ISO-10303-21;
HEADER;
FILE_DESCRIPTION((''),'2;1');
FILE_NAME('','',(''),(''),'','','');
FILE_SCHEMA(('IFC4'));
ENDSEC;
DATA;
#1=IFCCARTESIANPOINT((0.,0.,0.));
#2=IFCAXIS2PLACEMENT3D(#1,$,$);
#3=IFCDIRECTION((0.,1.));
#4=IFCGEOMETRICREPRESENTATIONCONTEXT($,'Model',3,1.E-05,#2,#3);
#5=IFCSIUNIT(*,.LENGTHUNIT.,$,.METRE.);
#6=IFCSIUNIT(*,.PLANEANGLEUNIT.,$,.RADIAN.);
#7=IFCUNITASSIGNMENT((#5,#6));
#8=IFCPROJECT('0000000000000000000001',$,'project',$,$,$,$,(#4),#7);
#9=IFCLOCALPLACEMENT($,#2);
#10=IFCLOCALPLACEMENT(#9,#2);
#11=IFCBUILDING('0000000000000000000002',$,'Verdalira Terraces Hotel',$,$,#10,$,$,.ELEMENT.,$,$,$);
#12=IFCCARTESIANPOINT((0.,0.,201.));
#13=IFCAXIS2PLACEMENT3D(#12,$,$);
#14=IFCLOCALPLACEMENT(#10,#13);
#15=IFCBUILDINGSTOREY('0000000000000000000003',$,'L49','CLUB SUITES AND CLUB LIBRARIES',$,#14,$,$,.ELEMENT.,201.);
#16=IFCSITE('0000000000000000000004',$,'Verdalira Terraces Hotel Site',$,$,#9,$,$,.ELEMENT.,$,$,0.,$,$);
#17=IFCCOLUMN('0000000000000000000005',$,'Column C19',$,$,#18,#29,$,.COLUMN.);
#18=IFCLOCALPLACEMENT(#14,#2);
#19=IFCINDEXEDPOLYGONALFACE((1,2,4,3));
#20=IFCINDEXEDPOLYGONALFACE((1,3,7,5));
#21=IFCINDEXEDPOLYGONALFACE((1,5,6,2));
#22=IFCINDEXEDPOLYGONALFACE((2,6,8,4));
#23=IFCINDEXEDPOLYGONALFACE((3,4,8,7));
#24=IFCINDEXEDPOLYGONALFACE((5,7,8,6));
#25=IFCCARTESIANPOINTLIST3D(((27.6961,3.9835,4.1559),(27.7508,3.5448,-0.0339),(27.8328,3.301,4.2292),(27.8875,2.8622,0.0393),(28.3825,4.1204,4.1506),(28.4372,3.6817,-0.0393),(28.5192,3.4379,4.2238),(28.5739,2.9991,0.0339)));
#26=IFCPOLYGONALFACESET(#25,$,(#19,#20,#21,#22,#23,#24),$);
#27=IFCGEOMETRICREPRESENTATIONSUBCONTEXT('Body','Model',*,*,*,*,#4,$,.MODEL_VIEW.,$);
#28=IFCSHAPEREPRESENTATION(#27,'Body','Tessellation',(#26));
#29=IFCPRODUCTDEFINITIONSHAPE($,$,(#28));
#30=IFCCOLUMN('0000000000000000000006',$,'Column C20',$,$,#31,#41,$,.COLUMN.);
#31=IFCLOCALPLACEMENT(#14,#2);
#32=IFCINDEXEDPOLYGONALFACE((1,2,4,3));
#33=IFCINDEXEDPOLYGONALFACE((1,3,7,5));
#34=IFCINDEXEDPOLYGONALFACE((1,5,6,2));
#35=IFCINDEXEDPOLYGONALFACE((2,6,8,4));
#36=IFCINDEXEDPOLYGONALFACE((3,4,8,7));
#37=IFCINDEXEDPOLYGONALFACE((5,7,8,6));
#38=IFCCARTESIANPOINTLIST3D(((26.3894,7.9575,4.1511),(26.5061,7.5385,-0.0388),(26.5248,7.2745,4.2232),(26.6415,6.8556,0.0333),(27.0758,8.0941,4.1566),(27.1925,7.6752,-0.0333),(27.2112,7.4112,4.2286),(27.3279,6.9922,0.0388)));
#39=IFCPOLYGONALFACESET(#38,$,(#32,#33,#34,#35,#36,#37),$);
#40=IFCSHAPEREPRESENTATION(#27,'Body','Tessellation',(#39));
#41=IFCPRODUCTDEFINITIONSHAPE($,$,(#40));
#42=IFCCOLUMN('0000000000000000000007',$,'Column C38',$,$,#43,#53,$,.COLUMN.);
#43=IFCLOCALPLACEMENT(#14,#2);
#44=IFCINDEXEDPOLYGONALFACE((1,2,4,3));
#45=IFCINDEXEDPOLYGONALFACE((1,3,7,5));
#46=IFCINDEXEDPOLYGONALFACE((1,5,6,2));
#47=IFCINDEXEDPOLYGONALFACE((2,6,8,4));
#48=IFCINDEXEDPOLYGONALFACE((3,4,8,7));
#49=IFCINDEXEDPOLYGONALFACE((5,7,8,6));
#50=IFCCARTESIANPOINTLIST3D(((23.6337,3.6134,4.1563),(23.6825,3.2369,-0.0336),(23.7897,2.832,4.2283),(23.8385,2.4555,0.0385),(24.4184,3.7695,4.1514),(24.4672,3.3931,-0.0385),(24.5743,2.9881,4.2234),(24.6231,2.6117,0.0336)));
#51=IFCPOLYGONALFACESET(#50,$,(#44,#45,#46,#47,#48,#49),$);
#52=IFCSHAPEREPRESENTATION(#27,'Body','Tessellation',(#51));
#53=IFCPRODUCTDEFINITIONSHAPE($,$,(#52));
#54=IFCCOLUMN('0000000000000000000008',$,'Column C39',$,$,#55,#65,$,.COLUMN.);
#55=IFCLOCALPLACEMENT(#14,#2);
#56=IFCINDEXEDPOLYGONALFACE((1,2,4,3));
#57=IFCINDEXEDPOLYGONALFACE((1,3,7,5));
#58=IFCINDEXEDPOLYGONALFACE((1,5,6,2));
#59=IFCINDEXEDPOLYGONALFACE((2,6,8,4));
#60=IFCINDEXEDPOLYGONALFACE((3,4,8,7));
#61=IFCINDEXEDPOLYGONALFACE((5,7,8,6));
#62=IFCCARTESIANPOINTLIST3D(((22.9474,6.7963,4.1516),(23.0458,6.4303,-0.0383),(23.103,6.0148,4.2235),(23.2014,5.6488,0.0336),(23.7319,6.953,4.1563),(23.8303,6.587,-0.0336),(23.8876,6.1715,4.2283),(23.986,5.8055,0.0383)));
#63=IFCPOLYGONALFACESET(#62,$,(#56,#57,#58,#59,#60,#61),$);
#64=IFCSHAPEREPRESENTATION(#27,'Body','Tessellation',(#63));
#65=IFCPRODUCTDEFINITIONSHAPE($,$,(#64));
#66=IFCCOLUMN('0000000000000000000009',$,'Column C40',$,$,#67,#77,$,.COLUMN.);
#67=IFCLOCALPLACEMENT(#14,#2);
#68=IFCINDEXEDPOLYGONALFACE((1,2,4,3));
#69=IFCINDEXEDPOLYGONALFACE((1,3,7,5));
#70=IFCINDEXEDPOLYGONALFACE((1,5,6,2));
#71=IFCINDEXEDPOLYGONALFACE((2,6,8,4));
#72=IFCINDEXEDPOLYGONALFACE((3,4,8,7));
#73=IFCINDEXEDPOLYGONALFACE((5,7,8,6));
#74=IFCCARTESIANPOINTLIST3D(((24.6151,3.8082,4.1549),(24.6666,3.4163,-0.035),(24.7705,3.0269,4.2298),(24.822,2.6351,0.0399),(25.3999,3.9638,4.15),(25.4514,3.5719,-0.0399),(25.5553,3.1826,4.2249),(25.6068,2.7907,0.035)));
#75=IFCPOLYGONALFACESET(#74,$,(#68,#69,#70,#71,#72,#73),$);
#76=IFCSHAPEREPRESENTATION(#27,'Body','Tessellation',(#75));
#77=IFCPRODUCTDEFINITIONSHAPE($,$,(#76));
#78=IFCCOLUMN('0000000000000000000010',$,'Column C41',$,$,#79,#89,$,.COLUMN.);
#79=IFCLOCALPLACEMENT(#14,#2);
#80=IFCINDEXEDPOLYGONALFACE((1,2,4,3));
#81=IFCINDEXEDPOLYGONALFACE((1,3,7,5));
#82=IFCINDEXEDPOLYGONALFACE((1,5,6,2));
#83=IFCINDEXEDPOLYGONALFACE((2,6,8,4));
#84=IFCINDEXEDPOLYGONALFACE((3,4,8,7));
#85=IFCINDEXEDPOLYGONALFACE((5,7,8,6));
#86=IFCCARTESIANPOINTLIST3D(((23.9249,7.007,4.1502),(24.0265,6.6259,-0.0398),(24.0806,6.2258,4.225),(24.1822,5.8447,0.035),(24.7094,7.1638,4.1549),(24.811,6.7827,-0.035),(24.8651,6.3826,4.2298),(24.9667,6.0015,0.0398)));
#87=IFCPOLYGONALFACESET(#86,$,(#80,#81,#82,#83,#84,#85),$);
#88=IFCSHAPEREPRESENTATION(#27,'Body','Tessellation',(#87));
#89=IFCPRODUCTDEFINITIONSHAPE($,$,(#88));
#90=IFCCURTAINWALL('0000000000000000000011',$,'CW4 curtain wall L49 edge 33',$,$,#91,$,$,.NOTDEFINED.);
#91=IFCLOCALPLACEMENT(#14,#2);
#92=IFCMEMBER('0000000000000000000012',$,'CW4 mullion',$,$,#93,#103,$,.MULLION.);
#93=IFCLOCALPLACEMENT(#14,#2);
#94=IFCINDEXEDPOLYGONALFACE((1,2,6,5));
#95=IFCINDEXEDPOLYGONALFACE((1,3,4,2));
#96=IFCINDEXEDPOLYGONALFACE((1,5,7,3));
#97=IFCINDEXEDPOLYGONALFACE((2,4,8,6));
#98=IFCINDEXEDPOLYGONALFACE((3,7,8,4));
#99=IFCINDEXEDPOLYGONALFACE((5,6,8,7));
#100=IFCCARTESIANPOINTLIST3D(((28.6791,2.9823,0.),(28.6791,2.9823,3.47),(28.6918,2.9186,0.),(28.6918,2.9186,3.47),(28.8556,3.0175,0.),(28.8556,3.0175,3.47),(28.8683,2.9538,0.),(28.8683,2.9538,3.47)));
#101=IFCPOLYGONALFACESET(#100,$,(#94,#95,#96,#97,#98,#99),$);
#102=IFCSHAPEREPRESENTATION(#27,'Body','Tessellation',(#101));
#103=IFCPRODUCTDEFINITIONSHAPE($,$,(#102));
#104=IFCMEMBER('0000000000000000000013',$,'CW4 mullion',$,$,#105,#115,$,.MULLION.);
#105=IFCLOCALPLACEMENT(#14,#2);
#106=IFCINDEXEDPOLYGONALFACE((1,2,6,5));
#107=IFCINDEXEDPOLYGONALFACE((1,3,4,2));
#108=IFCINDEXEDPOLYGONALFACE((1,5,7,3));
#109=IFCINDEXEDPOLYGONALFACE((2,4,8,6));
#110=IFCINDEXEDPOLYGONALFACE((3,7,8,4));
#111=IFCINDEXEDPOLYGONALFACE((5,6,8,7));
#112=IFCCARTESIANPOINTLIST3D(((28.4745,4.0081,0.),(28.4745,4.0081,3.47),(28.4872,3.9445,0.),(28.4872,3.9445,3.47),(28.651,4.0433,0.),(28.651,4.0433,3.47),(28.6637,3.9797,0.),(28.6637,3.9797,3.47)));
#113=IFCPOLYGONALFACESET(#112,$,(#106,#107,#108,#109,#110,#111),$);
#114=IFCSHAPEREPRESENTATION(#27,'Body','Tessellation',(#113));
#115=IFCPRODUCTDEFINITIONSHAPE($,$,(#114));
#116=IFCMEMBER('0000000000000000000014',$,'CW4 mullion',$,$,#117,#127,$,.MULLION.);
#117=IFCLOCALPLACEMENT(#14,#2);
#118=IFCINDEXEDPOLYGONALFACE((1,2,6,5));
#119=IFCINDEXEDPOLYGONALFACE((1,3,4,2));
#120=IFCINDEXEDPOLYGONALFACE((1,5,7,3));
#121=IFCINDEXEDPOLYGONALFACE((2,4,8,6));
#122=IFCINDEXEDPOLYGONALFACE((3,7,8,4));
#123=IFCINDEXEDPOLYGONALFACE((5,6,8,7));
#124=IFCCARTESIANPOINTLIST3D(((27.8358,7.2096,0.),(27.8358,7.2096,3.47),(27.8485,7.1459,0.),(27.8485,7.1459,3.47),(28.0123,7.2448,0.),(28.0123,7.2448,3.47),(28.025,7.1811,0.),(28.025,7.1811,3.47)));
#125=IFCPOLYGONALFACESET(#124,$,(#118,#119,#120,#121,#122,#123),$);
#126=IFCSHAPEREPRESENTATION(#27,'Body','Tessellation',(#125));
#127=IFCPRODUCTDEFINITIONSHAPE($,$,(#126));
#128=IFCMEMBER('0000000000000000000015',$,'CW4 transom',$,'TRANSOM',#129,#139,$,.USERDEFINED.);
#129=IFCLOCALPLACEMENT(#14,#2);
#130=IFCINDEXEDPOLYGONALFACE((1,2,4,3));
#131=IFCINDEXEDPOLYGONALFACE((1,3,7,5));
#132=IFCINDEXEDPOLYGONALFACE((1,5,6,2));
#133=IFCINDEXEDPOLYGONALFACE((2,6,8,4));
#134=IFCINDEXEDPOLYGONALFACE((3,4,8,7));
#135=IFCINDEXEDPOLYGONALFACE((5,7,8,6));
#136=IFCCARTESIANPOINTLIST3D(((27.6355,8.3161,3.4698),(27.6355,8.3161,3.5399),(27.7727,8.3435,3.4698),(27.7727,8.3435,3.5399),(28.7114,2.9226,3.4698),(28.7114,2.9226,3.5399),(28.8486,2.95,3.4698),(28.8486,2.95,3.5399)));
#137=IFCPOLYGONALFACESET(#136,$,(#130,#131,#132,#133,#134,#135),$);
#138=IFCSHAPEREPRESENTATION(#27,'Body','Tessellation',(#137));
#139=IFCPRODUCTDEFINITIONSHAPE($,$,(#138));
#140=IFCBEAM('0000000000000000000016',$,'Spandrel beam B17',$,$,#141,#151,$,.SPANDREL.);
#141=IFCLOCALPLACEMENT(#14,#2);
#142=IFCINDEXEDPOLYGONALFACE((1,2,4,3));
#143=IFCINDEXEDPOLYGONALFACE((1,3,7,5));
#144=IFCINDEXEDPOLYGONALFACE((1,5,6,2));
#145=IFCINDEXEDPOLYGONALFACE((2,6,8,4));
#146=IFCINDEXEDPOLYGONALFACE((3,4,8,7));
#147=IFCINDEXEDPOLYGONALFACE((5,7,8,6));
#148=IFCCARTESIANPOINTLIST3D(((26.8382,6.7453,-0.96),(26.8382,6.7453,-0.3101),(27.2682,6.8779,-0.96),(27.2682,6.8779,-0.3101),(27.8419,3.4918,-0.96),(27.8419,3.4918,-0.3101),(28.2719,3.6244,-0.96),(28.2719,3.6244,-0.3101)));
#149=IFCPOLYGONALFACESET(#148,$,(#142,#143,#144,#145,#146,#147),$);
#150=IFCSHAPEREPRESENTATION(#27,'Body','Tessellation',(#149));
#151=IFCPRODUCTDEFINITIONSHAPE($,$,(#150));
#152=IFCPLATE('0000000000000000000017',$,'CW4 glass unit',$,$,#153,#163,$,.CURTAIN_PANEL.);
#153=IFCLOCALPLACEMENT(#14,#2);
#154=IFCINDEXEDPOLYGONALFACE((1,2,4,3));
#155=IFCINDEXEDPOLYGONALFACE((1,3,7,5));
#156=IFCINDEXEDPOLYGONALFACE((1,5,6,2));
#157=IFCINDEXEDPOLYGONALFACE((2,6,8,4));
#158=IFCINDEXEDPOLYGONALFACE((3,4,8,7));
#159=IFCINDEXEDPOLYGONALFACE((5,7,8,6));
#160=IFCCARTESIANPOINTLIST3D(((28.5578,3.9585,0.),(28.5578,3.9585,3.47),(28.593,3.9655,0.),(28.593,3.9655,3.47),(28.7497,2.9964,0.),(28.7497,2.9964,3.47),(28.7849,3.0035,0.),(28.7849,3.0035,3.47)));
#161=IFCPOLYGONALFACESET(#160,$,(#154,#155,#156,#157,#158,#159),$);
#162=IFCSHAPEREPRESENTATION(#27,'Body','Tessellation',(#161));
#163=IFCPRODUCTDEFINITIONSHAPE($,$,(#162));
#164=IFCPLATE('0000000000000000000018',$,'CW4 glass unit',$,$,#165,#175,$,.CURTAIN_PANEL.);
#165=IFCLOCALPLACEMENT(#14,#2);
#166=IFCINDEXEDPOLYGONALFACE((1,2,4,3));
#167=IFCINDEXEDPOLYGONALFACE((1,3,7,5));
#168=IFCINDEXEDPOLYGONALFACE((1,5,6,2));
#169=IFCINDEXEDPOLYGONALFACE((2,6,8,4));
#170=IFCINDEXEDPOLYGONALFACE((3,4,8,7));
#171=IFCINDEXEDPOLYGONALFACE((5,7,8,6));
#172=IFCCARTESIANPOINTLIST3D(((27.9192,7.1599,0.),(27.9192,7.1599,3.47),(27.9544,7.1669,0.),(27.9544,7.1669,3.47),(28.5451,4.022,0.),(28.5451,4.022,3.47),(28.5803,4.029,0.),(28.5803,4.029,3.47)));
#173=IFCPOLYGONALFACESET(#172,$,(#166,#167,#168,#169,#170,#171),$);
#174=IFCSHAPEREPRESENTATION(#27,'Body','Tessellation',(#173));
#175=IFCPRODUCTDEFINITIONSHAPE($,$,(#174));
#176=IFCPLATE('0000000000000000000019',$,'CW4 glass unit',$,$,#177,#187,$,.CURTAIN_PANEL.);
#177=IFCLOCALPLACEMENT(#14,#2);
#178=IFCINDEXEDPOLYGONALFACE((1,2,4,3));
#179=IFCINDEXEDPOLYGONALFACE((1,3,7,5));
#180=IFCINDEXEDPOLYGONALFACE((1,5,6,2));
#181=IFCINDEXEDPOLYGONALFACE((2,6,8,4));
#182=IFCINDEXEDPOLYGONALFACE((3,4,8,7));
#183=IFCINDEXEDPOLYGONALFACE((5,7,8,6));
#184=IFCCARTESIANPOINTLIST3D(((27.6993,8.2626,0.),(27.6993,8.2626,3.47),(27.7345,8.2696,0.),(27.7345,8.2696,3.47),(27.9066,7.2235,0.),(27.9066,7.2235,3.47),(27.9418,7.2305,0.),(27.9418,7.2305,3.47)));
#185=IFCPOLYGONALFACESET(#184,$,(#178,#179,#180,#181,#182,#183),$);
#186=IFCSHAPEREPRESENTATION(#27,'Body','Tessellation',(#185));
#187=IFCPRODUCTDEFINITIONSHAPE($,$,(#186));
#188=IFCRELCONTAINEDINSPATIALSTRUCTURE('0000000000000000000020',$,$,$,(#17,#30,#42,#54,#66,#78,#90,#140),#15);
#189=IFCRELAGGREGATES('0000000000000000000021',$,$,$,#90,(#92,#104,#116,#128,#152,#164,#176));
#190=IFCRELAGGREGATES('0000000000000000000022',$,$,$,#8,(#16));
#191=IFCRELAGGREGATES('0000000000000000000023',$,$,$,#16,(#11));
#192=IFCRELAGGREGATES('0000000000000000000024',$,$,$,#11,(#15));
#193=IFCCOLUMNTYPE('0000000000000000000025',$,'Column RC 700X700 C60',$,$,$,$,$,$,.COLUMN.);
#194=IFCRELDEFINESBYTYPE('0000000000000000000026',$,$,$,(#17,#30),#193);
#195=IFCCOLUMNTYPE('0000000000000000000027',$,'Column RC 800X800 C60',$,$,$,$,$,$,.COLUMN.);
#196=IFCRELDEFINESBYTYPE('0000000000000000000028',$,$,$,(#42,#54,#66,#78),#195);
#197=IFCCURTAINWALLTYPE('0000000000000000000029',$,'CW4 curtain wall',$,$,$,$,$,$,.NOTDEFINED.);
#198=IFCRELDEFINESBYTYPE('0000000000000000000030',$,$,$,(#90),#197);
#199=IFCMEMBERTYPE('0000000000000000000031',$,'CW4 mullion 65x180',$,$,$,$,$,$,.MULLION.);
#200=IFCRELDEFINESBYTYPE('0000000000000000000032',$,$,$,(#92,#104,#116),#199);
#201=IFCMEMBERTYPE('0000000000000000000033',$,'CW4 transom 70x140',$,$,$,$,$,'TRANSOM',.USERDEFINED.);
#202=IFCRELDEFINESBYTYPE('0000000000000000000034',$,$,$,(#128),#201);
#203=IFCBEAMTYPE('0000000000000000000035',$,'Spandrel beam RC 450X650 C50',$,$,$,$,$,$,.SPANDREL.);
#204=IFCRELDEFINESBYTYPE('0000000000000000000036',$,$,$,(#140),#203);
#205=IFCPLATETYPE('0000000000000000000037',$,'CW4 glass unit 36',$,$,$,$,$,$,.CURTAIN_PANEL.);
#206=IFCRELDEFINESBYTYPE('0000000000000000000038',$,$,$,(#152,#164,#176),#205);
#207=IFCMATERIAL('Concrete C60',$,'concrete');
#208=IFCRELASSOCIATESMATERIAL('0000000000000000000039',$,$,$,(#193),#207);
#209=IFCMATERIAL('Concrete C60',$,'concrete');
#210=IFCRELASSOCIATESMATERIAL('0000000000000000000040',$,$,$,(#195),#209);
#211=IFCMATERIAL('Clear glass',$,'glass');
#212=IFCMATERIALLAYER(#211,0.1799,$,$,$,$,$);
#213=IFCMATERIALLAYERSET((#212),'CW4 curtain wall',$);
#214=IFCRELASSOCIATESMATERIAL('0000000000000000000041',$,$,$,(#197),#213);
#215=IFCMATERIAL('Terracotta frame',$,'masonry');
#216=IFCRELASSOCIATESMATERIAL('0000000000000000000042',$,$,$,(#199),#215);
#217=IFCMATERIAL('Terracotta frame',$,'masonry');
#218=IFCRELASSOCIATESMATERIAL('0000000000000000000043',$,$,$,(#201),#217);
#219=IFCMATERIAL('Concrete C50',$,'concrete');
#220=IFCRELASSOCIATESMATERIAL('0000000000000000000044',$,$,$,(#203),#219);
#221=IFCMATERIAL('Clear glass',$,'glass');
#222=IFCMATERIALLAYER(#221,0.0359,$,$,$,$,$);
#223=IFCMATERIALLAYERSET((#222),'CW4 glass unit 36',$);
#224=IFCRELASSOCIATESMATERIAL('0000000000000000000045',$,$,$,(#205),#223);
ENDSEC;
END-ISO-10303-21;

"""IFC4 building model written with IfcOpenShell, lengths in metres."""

from ifc_helpers import new_model, si_unit, direction, frame, origin, origin_2d, place, context, subcontext, project, spatial, rectangle, extrude, material, layer, layer_set, material_profile, profile_set, type_object, element, aggregate, save


model = new_model("IFC4")

# Units and contexts
model_context = context("Model", 3, precision=1e-05, world=origin(), true_north=direction((0.0, 1.0)))
body_context = subcontext(model_context, "Body", "Model", "MODEL_VIEW")
ifc_project = project(units=[si_unit("LENGTHUNIT", "METRE"), si_unit("PLANEANGLEUNIT", "RADIAN")], contexts=[model_context])

# Site, building, storey
site_placement = place(None, origin())
site = spatial("IfcSite", under=ifc_project, at=site_placement, Name="Verdalira Terraces Hotel Site", CompositionType="ELEMENT", RefElevation=0.0)
building_placement = place(site_placement, origin())
building = spatial("IfcBuilding", under=site, at=building_placement, Name="Verdalira Terraces Hotel", CompositionType="ELEMENT")
storey_placement = place(building_placement, frame((0.0, 0.0, 201.0)))
storey = spatial("IfcBuildingStorey", under=building, at=storey_placement, Name="L49", Description="CLUB SUITES AND CLUB LIBRARIES", CompositionType="ELEMENT", Elevation=201.0)

# Columns
ifc_material_1 = material(Name="Concrete C60", Category="concrete")
ifc_material_profile_1 = material_profile(ifc_material_1, rectangle(XDim=0.7, YDim=0.7, at=origin_2d()), Name="RC 700X700")
ifc_profile_set_1 = profile_set([ifc_material_profile_1], Name="Concrete C60")
column_type_1 = type_object("IfcColumnType", Name="Column RC 700X700 C60", PredefinedType="COLUMN", material=ifc_profile_set_1)
column_1_placement = place(storey_placement, frame((28.1624, 3.272, 0.0), z_axis=(-0.01298, 0.10413, 0.994479), x_axis=(-0.195294, 0.975145, -0.104655)))
element("IfcColumn", 1, at=column_1_placement, inside=storey, type_object=column_type_1, Name="Column C19", PredefinedType="COLUMN", context=body_context, shape_type="SweptSolid", body=[
    extrude(rectangle(XDim=0.7, YDim=0.7, at=origin_2d()), origin(), (0.0, 0.0, 1.0), 4.2131),
])
column_2_placement = place(storey_placement, frame((26.917, 7.2654, 0.0), z_axis=(-0.027703, 0.099454, 0.994656), x_axis=(-0.19344, 0.975696, -0.102946)))
element("IfcColumn", 2, at=column_2_placement, inside=storey, type_object=column_type_1, Name="Column C20", PredefinedType="COLUMN", context=body_context, shape_type="SweptSolid", body=[
    extrude(rectangle(XDim=0.7, YDim=0.7, at=origin_2d()), origin(), (0.0, 0.0, 1.0), 4.2124),
])
ifc_material_2 = material(Name="Concrete C60", Category="concrete")
ifc_material_profile_2 = material_profile(ifc_material_2, rectangle(XDim=0.8, YDim=0.8, at=origin_2d()), Name="RC 800X800")
ifc_profile_set_2 = profile_set([ifc_material_profile_2], Name="Concrete C60")
column_type_2 = type_object("IfcColumnType", Name="Column RC 800X800 C60", PredefinedType="COLUMN", material=ifc_profile_set_2)
for number, where, z_axis, x_axis, name in (
    (3, (24.1528, 2.9243, 0.0), (-0.011606, 0.089483, 0.995921), (0.980751, 0.195166, -0.006106), "Column C38"),
    (4, (23.5159, 6.1179, 0.0), (-0.023387, 0.086989, 0.995935), (0.980613, 0.195866, 0.005919), "Column C39"),
):
    element("IfcColumn", number, at=place(storey_placement, frame(where, z_axis=z_axis, x_axis=x_axis)), inside=storey, type_object=column_type_2, Name=name, PredefinedType="COLUMN", context=body_context, shape_type="SweptSolid", body=[
        extrude(rectangle(XDim=0.8, YDim=0.8, at=origin_2d()), origin(), (0.0, 0.0, 1.0), 4.207),
    ])
for number, where, z_axis, x_axis, name in (
    (5, (25.1367, 3.1035, 0.0), (-0.01224, 0.093107, 0.995581), (0.980877, 0.194534, -0.006133), "Column C40"),
    (6, (24.4966, 6.3137, 0.0), (-0.024133, 0.090556, 0.995599), (0.980591, 0.195972, 0.005944), "Column C41"),
):
    element("IfcColumn", number, at=place(storey_placement, frame(where, z_axis=z_axis, x_axis=x_axis)), inside=storey, type_object=column_type_2, Name=name, PredefinedType="COLUMN", context=body_context, shape_type="SweptSolid", body=[
        extrude(rectangle(XDim=0.8, YDim=0.8, at=origin_2d()), origin(), (0.0, 0.0, 1.0), 4.2085),
    ])

# Curtain wall, members
ifc_material_3 = material(Name="Clear glass", Category="glass")
ifc_layer_1 = layer(ifc_material_3, 0.1799)
ifc_layer_set_1 = layer_set([ifc_layer_1], Name="CW4 curtain wall")
curtain_wall_type = type_object("IfcCurtainWallType", Name="CW4 curtain wall", PredefinedType="NOTDEFINED", material=ifc_layer_set_1)
curtain_wall_placement = place(storey_placement, origin())
curtain_wall = element("IfcCurtainWall", 7, at=curtain_wall_placement, inside=storey, type_object=curtain_wall_type, Name="CW4 curtain wall L49 edge 33", PredefinedType="NOTDEFINED")
ifc_material_4 = material(Name="Terracotta frame", Category="masonry")
ifc_material_profile_3 = material_profile(ifc_material_4, rectangle(XDim=0.0649, YDim=0.1799, at=origin_2d()), Name="MU 65x180")
ifc_profile_set_3 = profile_set([ifc_material_profile_3], Name="Terracotta frame")
member_type_1 = type_object("IfcMemberType", Name="CW4 mullion 65x180", PredefinedType="MULLION", material=ifc_profile_set_3)
member_1_placement = place(storey_placement, frame((28.7737, 2.968, 0.0), z_axis=(0.0, 0.0, 1.0), x_axis=(-0.195604, 0.980683, 0.0)))
member_1 = element("IfcMember", 8, at=member_1_placement, type_object=member_type_1, Name="CW4 mullion", PredefinedType="MULLION", context=body_context, shape_type="SweptSolid", body=[
    extrude(rectangle(XDim=0.0649, YDim=0.1799, at=origin_2d()), origin(), (0.0, 0.0, 1.0), 3.47),
])
member_2_placement = place(storey_placement, frame((28.5691, 3.9939, 0.0), z_axis=(0.0, 0.0, 1.0), x_axis=(-0.195604, 0.980683, 0.0)))
member_2 = element("IfcMember", 9, at=member_2_placement, type_object=member_type_1, Name="CW4 mullion", PredefinedType="MULLION", context=body_context, shape_type="SweptSolid", body=[
    extrude(rectangle(XDim=0.0649, YDim=0.1799, at=origin_2d()), origin(), (0.0, 0.0, 1.0), 3.47),
])
member_3_placement = place(storey_placement, frame((27.9304, 7.1953, 0.0), z_axis=(0.0, 0.0, 1.0), x_axis=(-0.195604, 0.980683, 0.0)))
member_3 = element("IfcMember", 10, at=member_3_placement, type_object=member_type_1, Name="CW4 mullion", PredefinedType="MULLION", context=body_context, shape_type="SweptSolid", body=[
    extrude(rectangle(XDim=0.0649, YDim=0.1799, at=origin_2d()), origin(), (0.0, 0.0, 1.0), 3.47),
])
ifc_material_5 = material(Name="Terracotta frame", Category="masonry")
ifc_material_profile_4 = material_profile(ifc_material_5, rectangle(XDim=0.1399, YDim=0.0701, at=origin_2d()), Name="TR 70x140")
ifc_profile_set_4 = profile_set([ifc_material_profile_4], Name="Terracotta frame")
member_type_2 = type_object("IfcMemberType", Name="CW4 transom 70x140", ElementType="TRANSOM", PredefinedType="USERDEFINED", material=ifc_profile_set_4)
member_4_placement = place(storey_placement, frame((28.78, 2.9363, 3.5049), z_axis=(-0.19563, 0.980678, 0.0), x_axis=(-0.980678, -0.19563, 0.0)))
member_4 = element("IfcMember", 11, at=member_4_placement, type_object=member_type_2, Name="CW4 transom", ObjectType="TRANSOM", PredefinedType="USERDEFINED", context=body_context, shape_type="SweptSolid", body=[
    extrude(rectangle(XDim=0.1399, YDim=0.0701, at=origin_2d()), origin(), (0.0, 0.0, 1.0), 5.4998),
])

# Beam
ifc_material_6 = material(Name="Concrete C50", Category="concrete")
ifc_material_profile_5 = material_profile(ifc_material_6, rectangle(XDim=0.45, YDim=0.6499, at=origin_2d()), Name="RC 450X650")
ifc_profile_set_5 = profile_set([ifc_material_profile_5], Name="Concrete C50")
beam_type = type_object("IfcBeamType", Name="Spandrel beam RC 450X650 C50", PredefinedType="SPANDREL", material=ifc_profile_set_5)
beam_placement = place(storey_placement, frame((28.0569, 3.5581, -0.635), z_axis=(-0.294786, 0.955563, 0.0), x_axis=(-0.955563, -0.294786, 0.0)))
element("IfcBeam", 12, at=beam_placement, inside=storey, type_object=beam_type, Name="Spandrel beam B17", PredefinedType="SPANDREL", context=body_context, shape_type="SweptSolid", body=[
    extrude(rectangle(XDim=0.45, YDim=0.6499, at=origin_2d()), origin(), (0.0, 0.0, 1.0), 3.4048),
])

# Plates
ifc_material_7 = material(Name="Clear glass", Category="glass")
ifc_layer_2 = layer(ifc_material_7, 0.0359)
ifc_layer_set_2 = layer_set([ifc_layer_2], Name="CW4 glass unit 36")
plate_type = type_object("IfcPlateType", Name="CW4 glass unit 36", PredefinedType="CURTAIN_PANEL", material=ifc_layer_set_2)
plate_1_placement = place(storey_placement, frame((28.6714, 3.481, 0.0), z_axis=(0.0, 0.0, 1.0), x_axis=(-0.195604, 0.980683, 0.0)))
plate_1 = element("IfcPlate", 13, at=plate_1_placement, type_object=plate_type, Name="CW4 glass unit", PredefinedType="CURTAIN_PANEL", context=body_context, shape_type="SweptSolid", body=[
    extrude(rectangle(XDim=0.981, YDim=0.0359, at=origin_2d()), origin(), (0.0, 0.0, 1.0), 3.47),
])
plate_2_placement = place(storey_placement, frame((28.2498, 5.5945, 0.0), z_axis=(0.0, 0.0, 1.0), x_axis=(-0.195604, 0.980683, 0.0)))
plate_2 = element("IfcPlate", 14, at=plate_2_placement, type_object=plate_type, Name="CW4 glass unit", PredefinedType="CURTAIN_PANEL", context=body_context, shape_type="SweptSolid", body=[
    extrude(rectangle(XDim=3.1997, YDim=0.0359, at=origin_2d()), origin(), (0.0, 0.0, 1.0), 3.47),
])
plate_3_placement = place(storey_placement, frame((27.8206, 7.7466, 0.0), z_axis=(0.0, 0.0, 1.0), x_axis=(-0.195604, 0.980683, 0.0)))
plate_3 = element("IfcPlate", 15, at=plate_3_placement, type_object=plate_type, Name="CW4 glass unit", PredefinedType="CURTAIN_PANEL", context=body_context, shape_type="SweptSolid", body=[
    extrude(rectangle(XDim=1.0596, YDim=0.0359, at=origin_2d()), origin(), (0.0, 0.0, 1.0), 3.47),
])
aggregate(curtain_wall, [member_1, member_2, member_3, member_4, plate_1, plate_2, plate_3])

save(model, "model.ifc")
